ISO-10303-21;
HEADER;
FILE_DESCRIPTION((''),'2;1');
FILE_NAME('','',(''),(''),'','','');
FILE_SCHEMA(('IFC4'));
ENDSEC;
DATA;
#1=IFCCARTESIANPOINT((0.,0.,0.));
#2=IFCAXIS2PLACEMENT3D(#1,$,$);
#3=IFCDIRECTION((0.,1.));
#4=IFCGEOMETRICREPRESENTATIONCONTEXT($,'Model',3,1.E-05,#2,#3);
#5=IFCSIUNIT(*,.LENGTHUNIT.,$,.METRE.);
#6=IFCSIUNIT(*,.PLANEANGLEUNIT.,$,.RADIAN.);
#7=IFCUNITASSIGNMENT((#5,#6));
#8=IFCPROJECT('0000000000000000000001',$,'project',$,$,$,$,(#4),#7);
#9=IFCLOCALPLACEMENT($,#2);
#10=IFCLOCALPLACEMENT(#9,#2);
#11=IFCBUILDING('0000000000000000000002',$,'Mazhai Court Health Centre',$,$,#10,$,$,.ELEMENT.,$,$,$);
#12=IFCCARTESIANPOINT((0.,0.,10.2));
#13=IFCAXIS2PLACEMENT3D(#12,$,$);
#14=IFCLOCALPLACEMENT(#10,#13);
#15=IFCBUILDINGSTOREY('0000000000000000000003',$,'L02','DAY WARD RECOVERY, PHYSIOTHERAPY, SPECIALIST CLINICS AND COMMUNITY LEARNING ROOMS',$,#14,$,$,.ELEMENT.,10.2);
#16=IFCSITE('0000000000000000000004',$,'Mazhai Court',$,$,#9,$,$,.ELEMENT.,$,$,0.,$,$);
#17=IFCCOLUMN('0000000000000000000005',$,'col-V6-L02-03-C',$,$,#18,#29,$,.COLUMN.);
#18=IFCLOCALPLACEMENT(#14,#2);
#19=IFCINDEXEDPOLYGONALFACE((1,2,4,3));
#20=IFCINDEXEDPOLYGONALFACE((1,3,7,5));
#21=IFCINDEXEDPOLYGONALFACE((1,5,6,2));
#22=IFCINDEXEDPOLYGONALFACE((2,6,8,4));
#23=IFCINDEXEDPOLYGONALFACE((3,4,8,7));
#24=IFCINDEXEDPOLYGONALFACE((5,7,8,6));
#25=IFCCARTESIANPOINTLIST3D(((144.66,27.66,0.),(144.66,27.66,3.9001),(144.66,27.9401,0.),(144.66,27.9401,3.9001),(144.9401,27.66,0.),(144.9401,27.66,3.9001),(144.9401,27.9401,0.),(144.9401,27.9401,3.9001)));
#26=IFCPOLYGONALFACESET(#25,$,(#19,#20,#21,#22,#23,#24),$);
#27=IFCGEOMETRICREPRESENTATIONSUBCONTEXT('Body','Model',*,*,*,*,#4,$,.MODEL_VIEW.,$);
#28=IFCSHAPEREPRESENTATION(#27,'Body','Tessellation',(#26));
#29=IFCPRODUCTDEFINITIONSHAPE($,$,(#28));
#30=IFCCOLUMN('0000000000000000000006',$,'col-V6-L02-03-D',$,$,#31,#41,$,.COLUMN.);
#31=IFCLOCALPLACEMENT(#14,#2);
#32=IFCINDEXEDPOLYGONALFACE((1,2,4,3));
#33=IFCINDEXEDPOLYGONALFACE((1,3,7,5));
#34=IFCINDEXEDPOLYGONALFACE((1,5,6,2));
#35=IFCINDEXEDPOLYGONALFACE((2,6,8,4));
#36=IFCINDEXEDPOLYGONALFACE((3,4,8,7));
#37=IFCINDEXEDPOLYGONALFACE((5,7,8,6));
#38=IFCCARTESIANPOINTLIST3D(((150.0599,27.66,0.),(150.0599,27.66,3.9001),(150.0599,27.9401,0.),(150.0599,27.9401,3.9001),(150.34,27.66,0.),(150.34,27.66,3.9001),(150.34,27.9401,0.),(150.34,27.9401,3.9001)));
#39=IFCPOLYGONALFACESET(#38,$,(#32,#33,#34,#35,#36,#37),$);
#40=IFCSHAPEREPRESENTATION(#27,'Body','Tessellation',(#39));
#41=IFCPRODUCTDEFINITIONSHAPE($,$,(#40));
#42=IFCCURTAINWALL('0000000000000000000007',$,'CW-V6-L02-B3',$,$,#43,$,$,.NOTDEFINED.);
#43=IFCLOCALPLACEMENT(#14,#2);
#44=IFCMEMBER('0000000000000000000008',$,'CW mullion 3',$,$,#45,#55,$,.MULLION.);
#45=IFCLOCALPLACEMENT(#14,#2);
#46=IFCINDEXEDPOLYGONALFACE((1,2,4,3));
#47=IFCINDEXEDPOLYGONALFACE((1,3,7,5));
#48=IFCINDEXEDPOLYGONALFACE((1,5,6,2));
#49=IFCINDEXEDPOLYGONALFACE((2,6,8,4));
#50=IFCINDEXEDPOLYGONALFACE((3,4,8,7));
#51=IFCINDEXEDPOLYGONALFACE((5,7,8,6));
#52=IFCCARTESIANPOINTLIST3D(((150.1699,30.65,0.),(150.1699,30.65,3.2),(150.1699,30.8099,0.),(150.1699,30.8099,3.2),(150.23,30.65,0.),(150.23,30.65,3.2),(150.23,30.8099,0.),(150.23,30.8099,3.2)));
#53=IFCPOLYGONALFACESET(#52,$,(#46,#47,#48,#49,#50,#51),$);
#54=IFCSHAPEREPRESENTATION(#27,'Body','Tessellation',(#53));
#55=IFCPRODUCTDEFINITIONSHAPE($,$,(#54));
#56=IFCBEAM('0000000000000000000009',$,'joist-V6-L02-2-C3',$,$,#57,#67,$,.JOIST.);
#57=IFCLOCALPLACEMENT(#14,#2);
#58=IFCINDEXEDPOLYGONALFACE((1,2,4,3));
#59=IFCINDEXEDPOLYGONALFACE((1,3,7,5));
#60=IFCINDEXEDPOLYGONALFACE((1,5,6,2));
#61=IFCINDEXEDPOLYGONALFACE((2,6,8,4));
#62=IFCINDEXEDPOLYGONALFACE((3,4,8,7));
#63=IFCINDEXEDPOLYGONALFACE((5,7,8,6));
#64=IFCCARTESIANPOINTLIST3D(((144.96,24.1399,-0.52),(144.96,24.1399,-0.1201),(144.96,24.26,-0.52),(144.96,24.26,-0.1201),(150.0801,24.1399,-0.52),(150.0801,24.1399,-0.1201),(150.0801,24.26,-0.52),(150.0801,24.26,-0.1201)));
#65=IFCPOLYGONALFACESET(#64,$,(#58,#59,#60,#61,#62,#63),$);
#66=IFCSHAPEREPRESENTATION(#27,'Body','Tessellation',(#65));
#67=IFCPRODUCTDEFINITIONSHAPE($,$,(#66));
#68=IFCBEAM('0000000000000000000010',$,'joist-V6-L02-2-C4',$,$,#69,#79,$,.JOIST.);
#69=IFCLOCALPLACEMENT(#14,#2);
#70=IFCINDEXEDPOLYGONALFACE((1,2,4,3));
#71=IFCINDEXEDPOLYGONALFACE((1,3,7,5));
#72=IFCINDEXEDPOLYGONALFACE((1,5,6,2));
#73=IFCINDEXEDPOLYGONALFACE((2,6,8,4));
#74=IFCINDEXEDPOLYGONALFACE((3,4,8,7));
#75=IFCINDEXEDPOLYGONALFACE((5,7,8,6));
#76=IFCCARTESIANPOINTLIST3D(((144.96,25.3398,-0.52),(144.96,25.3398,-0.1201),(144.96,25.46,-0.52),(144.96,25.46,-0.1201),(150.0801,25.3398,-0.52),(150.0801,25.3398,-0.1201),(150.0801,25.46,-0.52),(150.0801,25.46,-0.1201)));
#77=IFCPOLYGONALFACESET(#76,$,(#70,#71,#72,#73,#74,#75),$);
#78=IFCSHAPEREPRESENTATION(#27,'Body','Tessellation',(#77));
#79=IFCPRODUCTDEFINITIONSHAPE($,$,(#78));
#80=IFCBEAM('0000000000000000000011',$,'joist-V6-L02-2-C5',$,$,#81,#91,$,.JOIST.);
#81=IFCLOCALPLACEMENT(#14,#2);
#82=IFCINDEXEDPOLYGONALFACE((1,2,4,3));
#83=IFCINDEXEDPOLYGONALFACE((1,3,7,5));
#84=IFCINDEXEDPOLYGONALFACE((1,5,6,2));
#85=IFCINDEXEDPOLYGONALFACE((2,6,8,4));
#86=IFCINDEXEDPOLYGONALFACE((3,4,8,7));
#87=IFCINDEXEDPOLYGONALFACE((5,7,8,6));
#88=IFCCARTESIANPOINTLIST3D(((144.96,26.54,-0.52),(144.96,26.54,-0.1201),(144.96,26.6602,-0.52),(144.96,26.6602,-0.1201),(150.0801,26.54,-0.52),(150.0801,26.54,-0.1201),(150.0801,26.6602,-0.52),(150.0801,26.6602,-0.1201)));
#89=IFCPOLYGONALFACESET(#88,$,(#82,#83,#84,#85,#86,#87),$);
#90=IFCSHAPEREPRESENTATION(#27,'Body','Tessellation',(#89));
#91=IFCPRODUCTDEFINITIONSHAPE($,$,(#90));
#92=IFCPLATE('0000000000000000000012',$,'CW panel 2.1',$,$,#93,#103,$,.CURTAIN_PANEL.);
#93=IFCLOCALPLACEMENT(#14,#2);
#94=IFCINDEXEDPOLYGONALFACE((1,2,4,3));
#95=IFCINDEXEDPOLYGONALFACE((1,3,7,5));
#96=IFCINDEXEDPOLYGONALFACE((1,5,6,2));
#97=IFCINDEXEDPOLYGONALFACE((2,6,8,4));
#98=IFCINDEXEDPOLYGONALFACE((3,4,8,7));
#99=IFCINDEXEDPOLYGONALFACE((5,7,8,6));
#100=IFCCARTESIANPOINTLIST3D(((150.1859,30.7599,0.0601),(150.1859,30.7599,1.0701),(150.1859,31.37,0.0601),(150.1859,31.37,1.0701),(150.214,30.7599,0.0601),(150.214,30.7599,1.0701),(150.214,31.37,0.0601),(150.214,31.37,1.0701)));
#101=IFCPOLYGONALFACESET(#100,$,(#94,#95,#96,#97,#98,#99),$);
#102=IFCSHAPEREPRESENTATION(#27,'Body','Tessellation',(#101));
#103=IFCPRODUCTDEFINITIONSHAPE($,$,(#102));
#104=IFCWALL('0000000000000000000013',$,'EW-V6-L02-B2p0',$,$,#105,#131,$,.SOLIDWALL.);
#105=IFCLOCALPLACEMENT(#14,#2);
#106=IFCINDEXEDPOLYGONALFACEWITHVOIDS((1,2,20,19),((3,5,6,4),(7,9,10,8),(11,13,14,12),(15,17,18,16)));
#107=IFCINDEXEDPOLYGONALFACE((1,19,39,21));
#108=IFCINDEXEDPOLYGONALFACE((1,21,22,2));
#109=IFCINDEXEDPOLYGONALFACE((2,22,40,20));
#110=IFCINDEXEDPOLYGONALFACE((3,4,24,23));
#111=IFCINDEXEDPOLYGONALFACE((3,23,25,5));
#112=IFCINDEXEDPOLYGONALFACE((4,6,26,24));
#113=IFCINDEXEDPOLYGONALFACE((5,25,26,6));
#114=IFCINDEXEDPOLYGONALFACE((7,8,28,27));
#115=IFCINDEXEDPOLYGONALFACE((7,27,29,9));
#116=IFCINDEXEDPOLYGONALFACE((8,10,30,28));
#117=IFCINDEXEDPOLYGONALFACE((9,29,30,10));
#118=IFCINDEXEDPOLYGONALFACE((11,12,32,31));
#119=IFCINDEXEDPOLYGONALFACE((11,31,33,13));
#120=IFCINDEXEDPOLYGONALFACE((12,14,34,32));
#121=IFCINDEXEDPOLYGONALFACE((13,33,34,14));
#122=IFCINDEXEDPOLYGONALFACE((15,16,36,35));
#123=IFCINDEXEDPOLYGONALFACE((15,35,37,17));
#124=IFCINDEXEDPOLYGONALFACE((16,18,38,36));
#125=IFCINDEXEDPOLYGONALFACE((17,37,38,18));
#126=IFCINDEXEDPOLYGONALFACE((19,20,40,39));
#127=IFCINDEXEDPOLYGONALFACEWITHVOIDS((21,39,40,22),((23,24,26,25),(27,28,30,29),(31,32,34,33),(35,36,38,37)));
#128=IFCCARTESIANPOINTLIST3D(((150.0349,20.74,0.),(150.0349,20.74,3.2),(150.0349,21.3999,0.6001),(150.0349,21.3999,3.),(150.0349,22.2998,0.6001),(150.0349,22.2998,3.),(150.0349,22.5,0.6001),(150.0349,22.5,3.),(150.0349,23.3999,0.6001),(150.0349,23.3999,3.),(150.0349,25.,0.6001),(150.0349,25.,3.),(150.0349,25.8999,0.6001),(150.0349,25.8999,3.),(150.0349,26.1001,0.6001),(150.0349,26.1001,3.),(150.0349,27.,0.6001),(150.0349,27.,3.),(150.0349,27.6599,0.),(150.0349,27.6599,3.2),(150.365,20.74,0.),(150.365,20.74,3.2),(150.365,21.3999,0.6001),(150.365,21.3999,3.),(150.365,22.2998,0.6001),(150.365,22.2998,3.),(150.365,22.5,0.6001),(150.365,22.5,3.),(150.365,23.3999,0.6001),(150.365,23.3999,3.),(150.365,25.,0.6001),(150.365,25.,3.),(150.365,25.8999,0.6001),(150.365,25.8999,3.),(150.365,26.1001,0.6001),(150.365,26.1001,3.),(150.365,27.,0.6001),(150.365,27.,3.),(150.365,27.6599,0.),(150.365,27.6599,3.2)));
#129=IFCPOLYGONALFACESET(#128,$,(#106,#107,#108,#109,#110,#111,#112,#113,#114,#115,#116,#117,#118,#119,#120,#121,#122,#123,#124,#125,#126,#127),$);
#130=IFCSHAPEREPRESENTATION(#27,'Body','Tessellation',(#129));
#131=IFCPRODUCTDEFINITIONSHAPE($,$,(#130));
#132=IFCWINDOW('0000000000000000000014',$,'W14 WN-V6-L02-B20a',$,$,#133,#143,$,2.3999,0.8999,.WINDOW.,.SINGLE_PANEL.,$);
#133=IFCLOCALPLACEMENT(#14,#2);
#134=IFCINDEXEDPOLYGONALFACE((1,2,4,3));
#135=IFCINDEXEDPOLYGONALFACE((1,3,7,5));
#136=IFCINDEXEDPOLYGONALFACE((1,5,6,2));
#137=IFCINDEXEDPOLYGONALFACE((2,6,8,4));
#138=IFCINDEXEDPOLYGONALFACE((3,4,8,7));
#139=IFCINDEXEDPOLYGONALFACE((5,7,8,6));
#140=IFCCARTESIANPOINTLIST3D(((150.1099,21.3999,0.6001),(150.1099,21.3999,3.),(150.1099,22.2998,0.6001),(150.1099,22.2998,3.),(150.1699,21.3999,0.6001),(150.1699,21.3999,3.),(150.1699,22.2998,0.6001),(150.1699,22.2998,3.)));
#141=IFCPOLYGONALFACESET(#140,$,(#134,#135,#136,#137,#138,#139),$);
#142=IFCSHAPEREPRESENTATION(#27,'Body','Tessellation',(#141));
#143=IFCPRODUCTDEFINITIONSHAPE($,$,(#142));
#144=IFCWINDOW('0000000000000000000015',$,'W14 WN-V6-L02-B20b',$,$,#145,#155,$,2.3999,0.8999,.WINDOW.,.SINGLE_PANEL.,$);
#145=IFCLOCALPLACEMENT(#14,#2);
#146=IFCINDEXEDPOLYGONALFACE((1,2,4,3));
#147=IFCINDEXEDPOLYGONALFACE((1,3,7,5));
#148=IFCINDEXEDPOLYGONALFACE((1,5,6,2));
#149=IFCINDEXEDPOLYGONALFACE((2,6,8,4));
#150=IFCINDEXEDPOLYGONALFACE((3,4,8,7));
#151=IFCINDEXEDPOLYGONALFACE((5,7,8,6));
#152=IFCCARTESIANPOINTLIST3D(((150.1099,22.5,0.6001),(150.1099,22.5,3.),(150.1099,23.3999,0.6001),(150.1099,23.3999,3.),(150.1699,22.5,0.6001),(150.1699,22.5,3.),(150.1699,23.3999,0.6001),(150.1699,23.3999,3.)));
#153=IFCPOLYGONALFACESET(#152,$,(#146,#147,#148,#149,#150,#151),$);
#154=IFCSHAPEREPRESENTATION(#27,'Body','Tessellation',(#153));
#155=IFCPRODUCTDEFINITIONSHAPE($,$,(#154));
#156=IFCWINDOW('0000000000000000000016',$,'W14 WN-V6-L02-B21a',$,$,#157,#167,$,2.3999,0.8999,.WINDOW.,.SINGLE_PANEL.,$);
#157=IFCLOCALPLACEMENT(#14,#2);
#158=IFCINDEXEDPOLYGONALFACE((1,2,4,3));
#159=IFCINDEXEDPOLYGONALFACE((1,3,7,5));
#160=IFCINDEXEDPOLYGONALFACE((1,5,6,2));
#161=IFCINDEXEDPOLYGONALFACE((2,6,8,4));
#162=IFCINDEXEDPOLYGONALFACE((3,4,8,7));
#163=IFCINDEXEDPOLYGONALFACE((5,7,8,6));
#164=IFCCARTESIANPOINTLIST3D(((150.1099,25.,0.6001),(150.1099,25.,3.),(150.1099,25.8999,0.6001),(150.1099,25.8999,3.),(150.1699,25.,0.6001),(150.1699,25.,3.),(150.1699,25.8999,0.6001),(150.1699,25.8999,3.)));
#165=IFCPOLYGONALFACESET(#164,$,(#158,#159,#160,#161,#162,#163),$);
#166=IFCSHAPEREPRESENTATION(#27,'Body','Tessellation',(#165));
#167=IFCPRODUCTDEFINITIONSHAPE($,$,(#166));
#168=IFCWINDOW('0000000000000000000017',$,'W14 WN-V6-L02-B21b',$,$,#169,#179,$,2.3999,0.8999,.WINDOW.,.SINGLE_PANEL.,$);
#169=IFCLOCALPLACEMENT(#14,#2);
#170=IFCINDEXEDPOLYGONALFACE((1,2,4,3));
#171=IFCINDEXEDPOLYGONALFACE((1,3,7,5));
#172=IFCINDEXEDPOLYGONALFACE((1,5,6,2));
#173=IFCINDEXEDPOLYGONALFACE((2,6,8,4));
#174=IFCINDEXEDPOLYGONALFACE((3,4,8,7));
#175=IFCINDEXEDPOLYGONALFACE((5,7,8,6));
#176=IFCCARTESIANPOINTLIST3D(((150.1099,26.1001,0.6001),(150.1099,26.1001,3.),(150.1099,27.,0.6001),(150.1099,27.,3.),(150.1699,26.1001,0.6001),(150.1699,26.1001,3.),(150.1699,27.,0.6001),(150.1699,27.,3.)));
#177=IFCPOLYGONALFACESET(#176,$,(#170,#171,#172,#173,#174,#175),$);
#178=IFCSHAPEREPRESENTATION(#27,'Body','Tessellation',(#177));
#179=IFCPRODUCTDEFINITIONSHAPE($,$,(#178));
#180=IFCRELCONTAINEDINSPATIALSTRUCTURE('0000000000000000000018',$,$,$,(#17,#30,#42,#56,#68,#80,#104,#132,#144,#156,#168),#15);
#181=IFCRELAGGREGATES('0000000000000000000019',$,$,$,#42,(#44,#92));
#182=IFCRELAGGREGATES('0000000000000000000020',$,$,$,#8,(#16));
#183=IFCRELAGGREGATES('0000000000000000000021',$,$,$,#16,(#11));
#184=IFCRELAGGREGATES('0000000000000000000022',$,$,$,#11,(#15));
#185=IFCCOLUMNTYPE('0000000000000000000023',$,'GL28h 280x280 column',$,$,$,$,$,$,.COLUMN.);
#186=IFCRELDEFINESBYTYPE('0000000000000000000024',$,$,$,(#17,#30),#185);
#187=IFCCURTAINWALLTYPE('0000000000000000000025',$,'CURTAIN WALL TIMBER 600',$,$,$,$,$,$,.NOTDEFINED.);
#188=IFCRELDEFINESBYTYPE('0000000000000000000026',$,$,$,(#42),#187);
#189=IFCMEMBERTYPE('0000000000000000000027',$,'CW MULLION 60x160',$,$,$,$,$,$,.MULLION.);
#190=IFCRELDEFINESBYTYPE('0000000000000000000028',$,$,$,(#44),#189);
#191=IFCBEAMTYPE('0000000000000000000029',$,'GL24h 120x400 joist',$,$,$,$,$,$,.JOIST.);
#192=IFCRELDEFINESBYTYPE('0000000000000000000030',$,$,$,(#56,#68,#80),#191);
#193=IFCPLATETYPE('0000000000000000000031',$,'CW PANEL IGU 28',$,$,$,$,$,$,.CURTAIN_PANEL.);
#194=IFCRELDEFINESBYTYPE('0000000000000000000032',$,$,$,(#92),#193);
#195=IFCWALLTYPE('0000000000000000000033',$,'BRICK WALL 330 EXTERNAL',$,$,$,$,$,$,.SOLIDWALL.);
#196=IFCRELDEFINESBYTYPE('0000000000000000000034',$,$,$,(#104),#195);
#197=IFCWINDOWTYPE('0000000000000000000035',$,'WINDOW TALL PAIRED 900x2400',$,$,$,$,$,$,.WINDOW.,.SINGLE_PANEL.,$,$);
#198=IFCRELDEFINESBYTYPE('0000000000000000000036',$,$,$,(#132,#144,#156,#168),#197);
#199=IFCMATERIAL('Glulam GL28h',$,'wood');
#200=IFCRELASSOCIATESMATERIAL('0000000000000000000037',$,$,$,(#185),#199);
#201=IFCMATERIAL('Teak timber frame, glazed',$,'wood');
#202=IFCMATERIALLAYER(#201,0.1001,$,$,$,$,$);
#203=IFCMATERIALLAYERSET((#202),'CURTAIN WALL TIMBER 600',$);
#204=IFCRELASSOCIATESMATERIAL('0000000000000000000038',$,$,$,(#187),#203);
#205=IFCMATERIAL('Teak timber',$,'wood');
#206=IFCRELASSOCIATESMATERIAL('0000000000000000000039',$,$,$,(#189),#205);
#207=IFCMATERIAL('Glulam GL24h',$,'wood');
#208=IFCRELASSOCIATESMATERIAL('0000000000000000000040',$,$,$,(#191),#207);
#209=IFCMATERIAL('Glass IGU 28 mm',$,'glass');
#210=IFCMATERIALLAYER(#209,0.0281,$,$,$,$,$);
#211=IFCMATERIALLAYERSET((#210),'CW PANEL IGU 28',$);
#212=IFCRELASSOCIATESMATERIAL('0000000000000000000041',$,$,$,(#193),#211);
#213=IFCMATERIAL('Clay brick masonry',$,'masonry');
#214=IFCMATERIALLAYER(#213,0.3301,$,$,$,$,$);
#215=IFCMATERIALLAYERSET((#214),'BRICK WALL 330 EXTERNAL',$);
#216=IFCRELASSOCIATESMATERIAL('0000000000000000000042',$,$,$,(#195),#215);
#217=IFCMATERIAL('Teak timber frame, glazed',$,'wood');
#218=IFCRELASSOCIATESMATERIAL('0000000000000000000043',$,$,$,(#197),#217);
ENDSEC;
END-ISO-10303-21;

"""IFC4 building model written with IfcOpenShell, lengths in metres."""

from ifc_helpers import new_model, si_unit, direction, frame, frame_2d, origin, origin_2d, place, context, subcontext, project, spatial, rectangle, extrude, material, layer, layer_set, material_profile, profile_set, type_object, element, fill, aggregate, save


model = new_model("IFC4")

# Units and contexts
model_context = context("Model", 3, precision=1e-05, world=origin(), true_north=direction((0.0, 1.0)))
body_context = subcontext(model_context, "Body", "Model", "MODEL_VIEW")
ifc_project = project(units=[si_unit("LENGTHUNIT", "METRE"), si_unit("PLANEANGLEUNIT", "RADIAN")], contexts=[model_context])

# Site, building, storey
site_placement = place(None, origin())
site = spatial("IfcSite", under=ifc_project, at=site_placement, Name="Mazhai Court", CompositionType="ELEMENT", RefElevation=0.0)
building_placement = place(site_placement, origin())
building = spatial("IfcBuilding", under=site, at=building_placement, Name="Mazhai Court Health Centre", CompositionType="ELEMENT")
storey_placement = place(building_placement, frame((0.0, 0.0, 10.2)))
storey = spatial("IfcBuildingStorey", under=building, at=storey_placement, Name="L02", Description="DAY WARD RECOVERY, PHYSIOTHERAPY, SPECIALIST CLINICS AND COMMUNITY LEARNING ROOMS", CompositionType="ELEMENT", Elevation=10.2)

# Columns
ifc_material_1 = material(Name="Glulam GL28h", Category="wood")
ifc_material_profile_1 = material_profile(ifc_material_1, rectangle(XDim=0.28, YDim=0.28, at=origin_2d()), Name="GL28h 280x280")
ifc_profile_set_1 = profile_set([ifc_material_profile_1], Name="Glulam GL28h")
column_type = type_object("IfcColumnType", Name="GL28h 280x280 column", PredefinedType="COLUMN", material=ifc_profile_set_1)
for number, where, z_axis, x_axis, name in (
    (1, (144.8, 27.8, 0.0), (0.0, 0.0, 1.0), (1.0, 0.0, 0.0), "col-V6-L02-03-C"),
    (2, (150.2, 27.8, 0.0), (0.0, 0.0, 1.0), (1.0, 0.0, 0.0), "col-V6-L02-03-D"),
):
    element("IfcColumn", number, at=place(storey_placement, frame(where, z_axis=z_axis, x_axis=x_axis)), inside=storey, type_object=column_type, Name=name, PredefinedType="COLUMN", context=body_context, shape_type="SweptSolid", body=[
        extrude(rectangle(XDim=0.28, YDim=0.28, at=origin_2d()), origin(), (0.0, 0.0, 1.0), 3.9001),
    ])

# Curtain wall, member
ifc_material_2 = material(Name="Teak timber frame, glazed", Category="wood")
ifc_layer_1 = layer(ifc_material_2, 0.1001)
ifc_layer_set_1 = layer_set([ifc_layer_1], Name="CURTAIN WALL TIMBER 600")
curtain_wall_type = type_object("IfcCurtainWallType", Name="CURTAIN WALL TIMBER 600", PredefinedType="NOTDEFINED", material=ifc_layer_set_1)
curtain_wall_placement = place(storey_placement, origin())
curtain_wall = element("IfcCurtainWall", 3, at=curtain_wall_placement, inside=storey, type_object=curtain_wall_type, Name="CW-V6-L02-B3", PredefinedType="NOTDEFINED")
ifc_material_3 = material(Name="Teak timber", Category="wood")
ifc_material_profile_2 = material_profile(ifc_material_3, rectangle(XDim=0.0601, YDim=0.1599, at=origin_2d()), Name="CW MULLION 60x160")
ifc_profile_set_2 = profile_set([ifc_material_profile_2], Name="Teak timber")
member_type = type_object("IfcMemberType", Name="CW MULLION 60x160", PredefinedType="MULLION", material=ifc_profile_set_2)
member_placement = place(storey_placement, frame((150.2, 30.73, 0.0), z_axis=(0.0, 0.0, 1.0), x_axis=(1.0, 0.0, 0.0)))
member = element("IfcMember", 4, at=member_placement, type_object=member_type, Name="CW mullion 3", PredefinedType="MULLION", context=body_context, shape_type="SweptSolid", body=[
    extrude(rectangle(XDim=0.0601, YDim=0.1599, at=origin_2d()), origin(), (0.0, 0.0, 1.0), 3.2),
])

# Beams
ifc_material_4 = material(Name="Glulam GL24h", Category="wood")
ifc_material_profile_3 = material_profile(ifc_material_4, rectangle(XDim=0.1201, YDim=0.3999, at=origin_2d()), Name="GL24h 120x400")
ifc_profile_set_3 = profile_set([ifc_material_profile_3], Name="Glulam GL24h")
beam_type = type_object("IfcBeamType", Name="GL24h 120x400 joist", PredefinedType="JOIST", material=ifc_profile_set_3)
for number, where, z_axis, x_axis, name in (
    (5, (144.96, 24.2, -0.3201), (1.0, 0.0, 0.0), (0.0, 1.0, 0.0), "joist-V6-L02-2-C3"),
    (6, (144.96, 25.3999, -0.3201), (1.0, 0.0, 0.0), (0.0, 1.0, 0.0), "joist-V6-L02-2-C4"),
    (7, (144.96, 26.6001, -0.3201), (1.0, 0.0, 0.0), (0.0, 1.0, 0.0), "joist-V6-L02-2-C5"),
):
    element("IfcBeam", number, at=place(storey_placement, frame(where, z_axis=z_axis, x_axis=x_axis)), inside=storey, type_object=beam_type, Name=name, PredefinedType="JOIST", context=body_context, shape_type="SweptSolid", body=[
        extrude(rectangle(XDim=0.1201, YDim=0.3999, at=origin_2d()), origin(), (0.0, 0.0, 1.0), 5.1201),
    ])

# Plate
ifc_material_5 = material(Name="Glass IGU 28 mm", Category="glass")
ifc_layer_2 = layer(ifc_material_5, 0.0281)
ifc_layer_set_2 = layer_set([ifc_layer_2], Name="CW PANEL IGU 28")
plate_type = type_object("IfcPlateType", Name="CW PANEL IGU 28", PredefinedType="CURTAIN_PANEL", material=ifc_layer_set_2)
plate_placement = place(storey_placement, frame((150.2, 31.0649, 0.0601), z_axis=(0.0, 0.0, 1.0), x_axis=(0.0, -1.0, 0.0)))
plate = element("IfcPlate", 8, at=plate_placement, type_object=plate_type, Name="CW panel 2.1", PredefinedType="CURTAIN_PANEL", context=body_context, shape_type="SweptSolid", body=[
    extrude(rectangle(XDim=0.6101, YDim=0.0281, at=origin_2d()), origin(), (0.0, 0.0, 1.0), 1.01),
])
aggregate(curtain_wall, [member, plate])

# Wall, openings, windows
ifc_material_6 = material(Name="Clay brick masonry", Category="masonry")
ifc_layer_3 = layer(ifc_material_6, 0.3301)
ifc_layer_set_3 = layer_set([ifc_layer_3], Name="BRICK WALL 330 EXTERNAL")
wall_type_1 = type_object("IfcWallType", Name="BRICK WALL 330 EXTERNAL", PredefinedType="SOLIDWALL", material=ifc_layer_set_3)
wall_1_placement = place(storey_placement, frame((150.2, 27.6599, 0.0), z_axis=(0.0, 0.0, 1.0), x_axis=(0.0, -1.0, 0.0)))
wall_1 = element("IfcWall", 9, at=wall_1_placement, inside=storey, type_object=wall_type_1, Name="EW-V6-L02-B2p0", PredefinedType="SOLIDWALL", context=body_context, shape_type="SweptSolid", body=[
    extrude(rectangle(XDim=6.9199, YDim=0.3301, at=frame_2d((3.46, 0.0))), origin(), (0.0, 0.0, 1.0), 3.2),
])
opening_1_placement = place(wall_1_placement, frame((5.3601, 0.0, 0.6001)))
opening_1 = element("IfcOpeningElement", 10, at=opening_1_placement, cuts=wall_1, PredefinedType="OPENING", context=body_context, shape_type="SweptSolid", body=[
    extrude(rectangle(XDim=0.8999, YDim=2.3999, at=frame_2d((0.45, 1.2))), frame((0.0, 0.175, 0.0), z_axis=(0.0, -1.0, 0.0), x_axis=(1.0, 0.0, 0.0)), (0.0, 0.0, 1.0), 0.3501),
])
opening_2_placement = place(wall_1_placement, frame((4.26, 0.0, 0.6001)))
opening_2 = element("IfcOpeningElement", 11, at=opening_2_placement, cuts=wall_1, PredefinedType="OPENING", context=body_context, shape_type="SweptSolid", body=[
    extrude(rectangle(XDim=0.8999, YDim=2.3999, at=frame_2d((0.45, 1.2))), frame((0.0, 0.175, 0.0), z_axis=(0.0, -1.0, 0.0), x_axis=(1.0, 0.0, 0.0)), (0.0, 0.0, 1.0), 0.3501),
])
opening_3_placement = place(wall_1_placement, frame((1.76, 0.0, 0.6001)))
opening_3 = element("IfcOpeningElement", 12, at=opening_3_placement, cuts=wall_1, PredefinedType="OPENING", context=body_context, shape_type="SweptSolid", body=[
    extrude(rectangle(XDim=0.8999, YDim=2.3999, at=frame_2d((0.45, 1.2))), frame((0.0, 0.175, 0.0), z_axis=(0.0, -1.0, 0.0), x_axis=(1.0, 0.0, 0.0)), (0.0, 0.0, 1.0), 0.3501),
])
opening_4_placement = place(wall_1_placement, frame((0.6599, 0.0, 0.6001)))
opening_4 = element("IfcOpeningElement", 13, at=opening_4_placement, cuts=wall_1, PredefinedType="OPENING", context=body_context, shape_type="SweptSolid", body=[
    extrude(rectangle(XDim=0.8999, YDim=2.3999, at=frame_2d((0.45, 1.2))), frame((0.0, 0.175, 0.0), z_axis=(0.0, -1.0, 0.0), x_axis=(1.0, 0.0, 0.0)), (0.0, 0.0, 1.0), 0.3501),
])
ifc_material_7 = material(Name="Teak timber frame, glazed", Category="wood")
window_type = type_object("IfcWindowType", Name="WINDOW TALL PAIRED 900x2400", PartitioningType="SINGLE_PANEL", PredefinedType="WINDOW", material=ifc_material_7)
window_1_placement = place(opening_1_placement, origin())
window_1 = element("IfcWindow", 14, at=window_1_placement, inside=storey, type_object=window_type, Name="W14 WN-V6-L02-B20a", OverallHeight=2.3999, OverallWidth=0.8999, PartitioningType="SINGLE_PANEL", PredefinedType="WINDOW", context=body_context, shape_type="SweptSolid", body=[
    extrude(rectangle(XDim=0.8999, YDim=2.3999, at=frame_2d((0.45, 1.2))), frame((0.0, -0.03, 0.0), z_axis=(0.0, -1.0, 0.0), x_axis=(1.0, 0.0, 0.0)), (0.0, 0.0, 1.0), 0.0601),
])
fill(opening_1, window_1)
window_2_placement = place(opening_2_placement, origin())
window_2 = element("IfcWindow", 15, at=window_2_placement, inside=storey, type_object=window_type, Name="W14 WN-V6-L02-B20b", OverallHeight=2.3999, OverallWidth=0.8999, PartitioningType="SINGLE_PANEL", PredefinedType="WINDOW", context=body_context, shape_type="SweptSolid", body=[
    extrude(rectangle(XDim=0.8999, YDim=2.3999, at=frame_2d((0.45, 1.2))), frame((0.0, -0.03, 0.0), z_axis=(0.0, -1.0, 0.0), x_axis=(1.0, 0.0, 0.0)), (0.0, 0.0, 1.0), 0.0601),
])
fill(opening_2, window_2)
window_3_placement = place(opening_3_placement, origin())
window_3 = element("IfcWindow", 16, at=window_3_placement, inside=storey, type_object=window_type, Name="W14 WN-V6-L02-B21a", OverallHeight=2.3999, OverallWidth=0.8999, PartitioningType="SINGLE_PANEL", PredefinedType="WINDOW", context=body_context, shape_type="SweptSolid", body=[
    extrude(rectangle(XDim=0.8999, YDim=2.3999, at=frame_2d((0.45, 1.2))), frame((0.0, -0.03, 0.0), z_axis=(0.0, -1.0, 0.0), x_axis=(1.0, 0.0, 0.0)), (0.0, 0.0, 1.0), 0.0601),
])
fill(opening_3, window_3)
window_4_placement = place(opening_4_placement, origin())
window_4 = element("IfcWindow", 17, at=window_4_placement, inside=storey, type_object=window_type, Name="W14 WN-V6-L02-B21b", OverallHeight=2.3999, OverallWidth=0.8999, PartitioningType="SINGLE_PANEL", PredefinedType="WINDOW", context=body_context, shape_type="SweptSolid", body=[
    extrude(rectangle(XDim=0.8999, YDim=2.3999, at=frame_2d((0.45, 1.2))), frame((0.0, -0.03, 0.0), z_axis=(0.0, -1.0, 0.0), x_axis=(1.0, 0.0, 0.0)), (0.0, 0.0, 1.0), 0.0601),
])
fill(opening_4, window_4)

save(model, "model.ifc")
